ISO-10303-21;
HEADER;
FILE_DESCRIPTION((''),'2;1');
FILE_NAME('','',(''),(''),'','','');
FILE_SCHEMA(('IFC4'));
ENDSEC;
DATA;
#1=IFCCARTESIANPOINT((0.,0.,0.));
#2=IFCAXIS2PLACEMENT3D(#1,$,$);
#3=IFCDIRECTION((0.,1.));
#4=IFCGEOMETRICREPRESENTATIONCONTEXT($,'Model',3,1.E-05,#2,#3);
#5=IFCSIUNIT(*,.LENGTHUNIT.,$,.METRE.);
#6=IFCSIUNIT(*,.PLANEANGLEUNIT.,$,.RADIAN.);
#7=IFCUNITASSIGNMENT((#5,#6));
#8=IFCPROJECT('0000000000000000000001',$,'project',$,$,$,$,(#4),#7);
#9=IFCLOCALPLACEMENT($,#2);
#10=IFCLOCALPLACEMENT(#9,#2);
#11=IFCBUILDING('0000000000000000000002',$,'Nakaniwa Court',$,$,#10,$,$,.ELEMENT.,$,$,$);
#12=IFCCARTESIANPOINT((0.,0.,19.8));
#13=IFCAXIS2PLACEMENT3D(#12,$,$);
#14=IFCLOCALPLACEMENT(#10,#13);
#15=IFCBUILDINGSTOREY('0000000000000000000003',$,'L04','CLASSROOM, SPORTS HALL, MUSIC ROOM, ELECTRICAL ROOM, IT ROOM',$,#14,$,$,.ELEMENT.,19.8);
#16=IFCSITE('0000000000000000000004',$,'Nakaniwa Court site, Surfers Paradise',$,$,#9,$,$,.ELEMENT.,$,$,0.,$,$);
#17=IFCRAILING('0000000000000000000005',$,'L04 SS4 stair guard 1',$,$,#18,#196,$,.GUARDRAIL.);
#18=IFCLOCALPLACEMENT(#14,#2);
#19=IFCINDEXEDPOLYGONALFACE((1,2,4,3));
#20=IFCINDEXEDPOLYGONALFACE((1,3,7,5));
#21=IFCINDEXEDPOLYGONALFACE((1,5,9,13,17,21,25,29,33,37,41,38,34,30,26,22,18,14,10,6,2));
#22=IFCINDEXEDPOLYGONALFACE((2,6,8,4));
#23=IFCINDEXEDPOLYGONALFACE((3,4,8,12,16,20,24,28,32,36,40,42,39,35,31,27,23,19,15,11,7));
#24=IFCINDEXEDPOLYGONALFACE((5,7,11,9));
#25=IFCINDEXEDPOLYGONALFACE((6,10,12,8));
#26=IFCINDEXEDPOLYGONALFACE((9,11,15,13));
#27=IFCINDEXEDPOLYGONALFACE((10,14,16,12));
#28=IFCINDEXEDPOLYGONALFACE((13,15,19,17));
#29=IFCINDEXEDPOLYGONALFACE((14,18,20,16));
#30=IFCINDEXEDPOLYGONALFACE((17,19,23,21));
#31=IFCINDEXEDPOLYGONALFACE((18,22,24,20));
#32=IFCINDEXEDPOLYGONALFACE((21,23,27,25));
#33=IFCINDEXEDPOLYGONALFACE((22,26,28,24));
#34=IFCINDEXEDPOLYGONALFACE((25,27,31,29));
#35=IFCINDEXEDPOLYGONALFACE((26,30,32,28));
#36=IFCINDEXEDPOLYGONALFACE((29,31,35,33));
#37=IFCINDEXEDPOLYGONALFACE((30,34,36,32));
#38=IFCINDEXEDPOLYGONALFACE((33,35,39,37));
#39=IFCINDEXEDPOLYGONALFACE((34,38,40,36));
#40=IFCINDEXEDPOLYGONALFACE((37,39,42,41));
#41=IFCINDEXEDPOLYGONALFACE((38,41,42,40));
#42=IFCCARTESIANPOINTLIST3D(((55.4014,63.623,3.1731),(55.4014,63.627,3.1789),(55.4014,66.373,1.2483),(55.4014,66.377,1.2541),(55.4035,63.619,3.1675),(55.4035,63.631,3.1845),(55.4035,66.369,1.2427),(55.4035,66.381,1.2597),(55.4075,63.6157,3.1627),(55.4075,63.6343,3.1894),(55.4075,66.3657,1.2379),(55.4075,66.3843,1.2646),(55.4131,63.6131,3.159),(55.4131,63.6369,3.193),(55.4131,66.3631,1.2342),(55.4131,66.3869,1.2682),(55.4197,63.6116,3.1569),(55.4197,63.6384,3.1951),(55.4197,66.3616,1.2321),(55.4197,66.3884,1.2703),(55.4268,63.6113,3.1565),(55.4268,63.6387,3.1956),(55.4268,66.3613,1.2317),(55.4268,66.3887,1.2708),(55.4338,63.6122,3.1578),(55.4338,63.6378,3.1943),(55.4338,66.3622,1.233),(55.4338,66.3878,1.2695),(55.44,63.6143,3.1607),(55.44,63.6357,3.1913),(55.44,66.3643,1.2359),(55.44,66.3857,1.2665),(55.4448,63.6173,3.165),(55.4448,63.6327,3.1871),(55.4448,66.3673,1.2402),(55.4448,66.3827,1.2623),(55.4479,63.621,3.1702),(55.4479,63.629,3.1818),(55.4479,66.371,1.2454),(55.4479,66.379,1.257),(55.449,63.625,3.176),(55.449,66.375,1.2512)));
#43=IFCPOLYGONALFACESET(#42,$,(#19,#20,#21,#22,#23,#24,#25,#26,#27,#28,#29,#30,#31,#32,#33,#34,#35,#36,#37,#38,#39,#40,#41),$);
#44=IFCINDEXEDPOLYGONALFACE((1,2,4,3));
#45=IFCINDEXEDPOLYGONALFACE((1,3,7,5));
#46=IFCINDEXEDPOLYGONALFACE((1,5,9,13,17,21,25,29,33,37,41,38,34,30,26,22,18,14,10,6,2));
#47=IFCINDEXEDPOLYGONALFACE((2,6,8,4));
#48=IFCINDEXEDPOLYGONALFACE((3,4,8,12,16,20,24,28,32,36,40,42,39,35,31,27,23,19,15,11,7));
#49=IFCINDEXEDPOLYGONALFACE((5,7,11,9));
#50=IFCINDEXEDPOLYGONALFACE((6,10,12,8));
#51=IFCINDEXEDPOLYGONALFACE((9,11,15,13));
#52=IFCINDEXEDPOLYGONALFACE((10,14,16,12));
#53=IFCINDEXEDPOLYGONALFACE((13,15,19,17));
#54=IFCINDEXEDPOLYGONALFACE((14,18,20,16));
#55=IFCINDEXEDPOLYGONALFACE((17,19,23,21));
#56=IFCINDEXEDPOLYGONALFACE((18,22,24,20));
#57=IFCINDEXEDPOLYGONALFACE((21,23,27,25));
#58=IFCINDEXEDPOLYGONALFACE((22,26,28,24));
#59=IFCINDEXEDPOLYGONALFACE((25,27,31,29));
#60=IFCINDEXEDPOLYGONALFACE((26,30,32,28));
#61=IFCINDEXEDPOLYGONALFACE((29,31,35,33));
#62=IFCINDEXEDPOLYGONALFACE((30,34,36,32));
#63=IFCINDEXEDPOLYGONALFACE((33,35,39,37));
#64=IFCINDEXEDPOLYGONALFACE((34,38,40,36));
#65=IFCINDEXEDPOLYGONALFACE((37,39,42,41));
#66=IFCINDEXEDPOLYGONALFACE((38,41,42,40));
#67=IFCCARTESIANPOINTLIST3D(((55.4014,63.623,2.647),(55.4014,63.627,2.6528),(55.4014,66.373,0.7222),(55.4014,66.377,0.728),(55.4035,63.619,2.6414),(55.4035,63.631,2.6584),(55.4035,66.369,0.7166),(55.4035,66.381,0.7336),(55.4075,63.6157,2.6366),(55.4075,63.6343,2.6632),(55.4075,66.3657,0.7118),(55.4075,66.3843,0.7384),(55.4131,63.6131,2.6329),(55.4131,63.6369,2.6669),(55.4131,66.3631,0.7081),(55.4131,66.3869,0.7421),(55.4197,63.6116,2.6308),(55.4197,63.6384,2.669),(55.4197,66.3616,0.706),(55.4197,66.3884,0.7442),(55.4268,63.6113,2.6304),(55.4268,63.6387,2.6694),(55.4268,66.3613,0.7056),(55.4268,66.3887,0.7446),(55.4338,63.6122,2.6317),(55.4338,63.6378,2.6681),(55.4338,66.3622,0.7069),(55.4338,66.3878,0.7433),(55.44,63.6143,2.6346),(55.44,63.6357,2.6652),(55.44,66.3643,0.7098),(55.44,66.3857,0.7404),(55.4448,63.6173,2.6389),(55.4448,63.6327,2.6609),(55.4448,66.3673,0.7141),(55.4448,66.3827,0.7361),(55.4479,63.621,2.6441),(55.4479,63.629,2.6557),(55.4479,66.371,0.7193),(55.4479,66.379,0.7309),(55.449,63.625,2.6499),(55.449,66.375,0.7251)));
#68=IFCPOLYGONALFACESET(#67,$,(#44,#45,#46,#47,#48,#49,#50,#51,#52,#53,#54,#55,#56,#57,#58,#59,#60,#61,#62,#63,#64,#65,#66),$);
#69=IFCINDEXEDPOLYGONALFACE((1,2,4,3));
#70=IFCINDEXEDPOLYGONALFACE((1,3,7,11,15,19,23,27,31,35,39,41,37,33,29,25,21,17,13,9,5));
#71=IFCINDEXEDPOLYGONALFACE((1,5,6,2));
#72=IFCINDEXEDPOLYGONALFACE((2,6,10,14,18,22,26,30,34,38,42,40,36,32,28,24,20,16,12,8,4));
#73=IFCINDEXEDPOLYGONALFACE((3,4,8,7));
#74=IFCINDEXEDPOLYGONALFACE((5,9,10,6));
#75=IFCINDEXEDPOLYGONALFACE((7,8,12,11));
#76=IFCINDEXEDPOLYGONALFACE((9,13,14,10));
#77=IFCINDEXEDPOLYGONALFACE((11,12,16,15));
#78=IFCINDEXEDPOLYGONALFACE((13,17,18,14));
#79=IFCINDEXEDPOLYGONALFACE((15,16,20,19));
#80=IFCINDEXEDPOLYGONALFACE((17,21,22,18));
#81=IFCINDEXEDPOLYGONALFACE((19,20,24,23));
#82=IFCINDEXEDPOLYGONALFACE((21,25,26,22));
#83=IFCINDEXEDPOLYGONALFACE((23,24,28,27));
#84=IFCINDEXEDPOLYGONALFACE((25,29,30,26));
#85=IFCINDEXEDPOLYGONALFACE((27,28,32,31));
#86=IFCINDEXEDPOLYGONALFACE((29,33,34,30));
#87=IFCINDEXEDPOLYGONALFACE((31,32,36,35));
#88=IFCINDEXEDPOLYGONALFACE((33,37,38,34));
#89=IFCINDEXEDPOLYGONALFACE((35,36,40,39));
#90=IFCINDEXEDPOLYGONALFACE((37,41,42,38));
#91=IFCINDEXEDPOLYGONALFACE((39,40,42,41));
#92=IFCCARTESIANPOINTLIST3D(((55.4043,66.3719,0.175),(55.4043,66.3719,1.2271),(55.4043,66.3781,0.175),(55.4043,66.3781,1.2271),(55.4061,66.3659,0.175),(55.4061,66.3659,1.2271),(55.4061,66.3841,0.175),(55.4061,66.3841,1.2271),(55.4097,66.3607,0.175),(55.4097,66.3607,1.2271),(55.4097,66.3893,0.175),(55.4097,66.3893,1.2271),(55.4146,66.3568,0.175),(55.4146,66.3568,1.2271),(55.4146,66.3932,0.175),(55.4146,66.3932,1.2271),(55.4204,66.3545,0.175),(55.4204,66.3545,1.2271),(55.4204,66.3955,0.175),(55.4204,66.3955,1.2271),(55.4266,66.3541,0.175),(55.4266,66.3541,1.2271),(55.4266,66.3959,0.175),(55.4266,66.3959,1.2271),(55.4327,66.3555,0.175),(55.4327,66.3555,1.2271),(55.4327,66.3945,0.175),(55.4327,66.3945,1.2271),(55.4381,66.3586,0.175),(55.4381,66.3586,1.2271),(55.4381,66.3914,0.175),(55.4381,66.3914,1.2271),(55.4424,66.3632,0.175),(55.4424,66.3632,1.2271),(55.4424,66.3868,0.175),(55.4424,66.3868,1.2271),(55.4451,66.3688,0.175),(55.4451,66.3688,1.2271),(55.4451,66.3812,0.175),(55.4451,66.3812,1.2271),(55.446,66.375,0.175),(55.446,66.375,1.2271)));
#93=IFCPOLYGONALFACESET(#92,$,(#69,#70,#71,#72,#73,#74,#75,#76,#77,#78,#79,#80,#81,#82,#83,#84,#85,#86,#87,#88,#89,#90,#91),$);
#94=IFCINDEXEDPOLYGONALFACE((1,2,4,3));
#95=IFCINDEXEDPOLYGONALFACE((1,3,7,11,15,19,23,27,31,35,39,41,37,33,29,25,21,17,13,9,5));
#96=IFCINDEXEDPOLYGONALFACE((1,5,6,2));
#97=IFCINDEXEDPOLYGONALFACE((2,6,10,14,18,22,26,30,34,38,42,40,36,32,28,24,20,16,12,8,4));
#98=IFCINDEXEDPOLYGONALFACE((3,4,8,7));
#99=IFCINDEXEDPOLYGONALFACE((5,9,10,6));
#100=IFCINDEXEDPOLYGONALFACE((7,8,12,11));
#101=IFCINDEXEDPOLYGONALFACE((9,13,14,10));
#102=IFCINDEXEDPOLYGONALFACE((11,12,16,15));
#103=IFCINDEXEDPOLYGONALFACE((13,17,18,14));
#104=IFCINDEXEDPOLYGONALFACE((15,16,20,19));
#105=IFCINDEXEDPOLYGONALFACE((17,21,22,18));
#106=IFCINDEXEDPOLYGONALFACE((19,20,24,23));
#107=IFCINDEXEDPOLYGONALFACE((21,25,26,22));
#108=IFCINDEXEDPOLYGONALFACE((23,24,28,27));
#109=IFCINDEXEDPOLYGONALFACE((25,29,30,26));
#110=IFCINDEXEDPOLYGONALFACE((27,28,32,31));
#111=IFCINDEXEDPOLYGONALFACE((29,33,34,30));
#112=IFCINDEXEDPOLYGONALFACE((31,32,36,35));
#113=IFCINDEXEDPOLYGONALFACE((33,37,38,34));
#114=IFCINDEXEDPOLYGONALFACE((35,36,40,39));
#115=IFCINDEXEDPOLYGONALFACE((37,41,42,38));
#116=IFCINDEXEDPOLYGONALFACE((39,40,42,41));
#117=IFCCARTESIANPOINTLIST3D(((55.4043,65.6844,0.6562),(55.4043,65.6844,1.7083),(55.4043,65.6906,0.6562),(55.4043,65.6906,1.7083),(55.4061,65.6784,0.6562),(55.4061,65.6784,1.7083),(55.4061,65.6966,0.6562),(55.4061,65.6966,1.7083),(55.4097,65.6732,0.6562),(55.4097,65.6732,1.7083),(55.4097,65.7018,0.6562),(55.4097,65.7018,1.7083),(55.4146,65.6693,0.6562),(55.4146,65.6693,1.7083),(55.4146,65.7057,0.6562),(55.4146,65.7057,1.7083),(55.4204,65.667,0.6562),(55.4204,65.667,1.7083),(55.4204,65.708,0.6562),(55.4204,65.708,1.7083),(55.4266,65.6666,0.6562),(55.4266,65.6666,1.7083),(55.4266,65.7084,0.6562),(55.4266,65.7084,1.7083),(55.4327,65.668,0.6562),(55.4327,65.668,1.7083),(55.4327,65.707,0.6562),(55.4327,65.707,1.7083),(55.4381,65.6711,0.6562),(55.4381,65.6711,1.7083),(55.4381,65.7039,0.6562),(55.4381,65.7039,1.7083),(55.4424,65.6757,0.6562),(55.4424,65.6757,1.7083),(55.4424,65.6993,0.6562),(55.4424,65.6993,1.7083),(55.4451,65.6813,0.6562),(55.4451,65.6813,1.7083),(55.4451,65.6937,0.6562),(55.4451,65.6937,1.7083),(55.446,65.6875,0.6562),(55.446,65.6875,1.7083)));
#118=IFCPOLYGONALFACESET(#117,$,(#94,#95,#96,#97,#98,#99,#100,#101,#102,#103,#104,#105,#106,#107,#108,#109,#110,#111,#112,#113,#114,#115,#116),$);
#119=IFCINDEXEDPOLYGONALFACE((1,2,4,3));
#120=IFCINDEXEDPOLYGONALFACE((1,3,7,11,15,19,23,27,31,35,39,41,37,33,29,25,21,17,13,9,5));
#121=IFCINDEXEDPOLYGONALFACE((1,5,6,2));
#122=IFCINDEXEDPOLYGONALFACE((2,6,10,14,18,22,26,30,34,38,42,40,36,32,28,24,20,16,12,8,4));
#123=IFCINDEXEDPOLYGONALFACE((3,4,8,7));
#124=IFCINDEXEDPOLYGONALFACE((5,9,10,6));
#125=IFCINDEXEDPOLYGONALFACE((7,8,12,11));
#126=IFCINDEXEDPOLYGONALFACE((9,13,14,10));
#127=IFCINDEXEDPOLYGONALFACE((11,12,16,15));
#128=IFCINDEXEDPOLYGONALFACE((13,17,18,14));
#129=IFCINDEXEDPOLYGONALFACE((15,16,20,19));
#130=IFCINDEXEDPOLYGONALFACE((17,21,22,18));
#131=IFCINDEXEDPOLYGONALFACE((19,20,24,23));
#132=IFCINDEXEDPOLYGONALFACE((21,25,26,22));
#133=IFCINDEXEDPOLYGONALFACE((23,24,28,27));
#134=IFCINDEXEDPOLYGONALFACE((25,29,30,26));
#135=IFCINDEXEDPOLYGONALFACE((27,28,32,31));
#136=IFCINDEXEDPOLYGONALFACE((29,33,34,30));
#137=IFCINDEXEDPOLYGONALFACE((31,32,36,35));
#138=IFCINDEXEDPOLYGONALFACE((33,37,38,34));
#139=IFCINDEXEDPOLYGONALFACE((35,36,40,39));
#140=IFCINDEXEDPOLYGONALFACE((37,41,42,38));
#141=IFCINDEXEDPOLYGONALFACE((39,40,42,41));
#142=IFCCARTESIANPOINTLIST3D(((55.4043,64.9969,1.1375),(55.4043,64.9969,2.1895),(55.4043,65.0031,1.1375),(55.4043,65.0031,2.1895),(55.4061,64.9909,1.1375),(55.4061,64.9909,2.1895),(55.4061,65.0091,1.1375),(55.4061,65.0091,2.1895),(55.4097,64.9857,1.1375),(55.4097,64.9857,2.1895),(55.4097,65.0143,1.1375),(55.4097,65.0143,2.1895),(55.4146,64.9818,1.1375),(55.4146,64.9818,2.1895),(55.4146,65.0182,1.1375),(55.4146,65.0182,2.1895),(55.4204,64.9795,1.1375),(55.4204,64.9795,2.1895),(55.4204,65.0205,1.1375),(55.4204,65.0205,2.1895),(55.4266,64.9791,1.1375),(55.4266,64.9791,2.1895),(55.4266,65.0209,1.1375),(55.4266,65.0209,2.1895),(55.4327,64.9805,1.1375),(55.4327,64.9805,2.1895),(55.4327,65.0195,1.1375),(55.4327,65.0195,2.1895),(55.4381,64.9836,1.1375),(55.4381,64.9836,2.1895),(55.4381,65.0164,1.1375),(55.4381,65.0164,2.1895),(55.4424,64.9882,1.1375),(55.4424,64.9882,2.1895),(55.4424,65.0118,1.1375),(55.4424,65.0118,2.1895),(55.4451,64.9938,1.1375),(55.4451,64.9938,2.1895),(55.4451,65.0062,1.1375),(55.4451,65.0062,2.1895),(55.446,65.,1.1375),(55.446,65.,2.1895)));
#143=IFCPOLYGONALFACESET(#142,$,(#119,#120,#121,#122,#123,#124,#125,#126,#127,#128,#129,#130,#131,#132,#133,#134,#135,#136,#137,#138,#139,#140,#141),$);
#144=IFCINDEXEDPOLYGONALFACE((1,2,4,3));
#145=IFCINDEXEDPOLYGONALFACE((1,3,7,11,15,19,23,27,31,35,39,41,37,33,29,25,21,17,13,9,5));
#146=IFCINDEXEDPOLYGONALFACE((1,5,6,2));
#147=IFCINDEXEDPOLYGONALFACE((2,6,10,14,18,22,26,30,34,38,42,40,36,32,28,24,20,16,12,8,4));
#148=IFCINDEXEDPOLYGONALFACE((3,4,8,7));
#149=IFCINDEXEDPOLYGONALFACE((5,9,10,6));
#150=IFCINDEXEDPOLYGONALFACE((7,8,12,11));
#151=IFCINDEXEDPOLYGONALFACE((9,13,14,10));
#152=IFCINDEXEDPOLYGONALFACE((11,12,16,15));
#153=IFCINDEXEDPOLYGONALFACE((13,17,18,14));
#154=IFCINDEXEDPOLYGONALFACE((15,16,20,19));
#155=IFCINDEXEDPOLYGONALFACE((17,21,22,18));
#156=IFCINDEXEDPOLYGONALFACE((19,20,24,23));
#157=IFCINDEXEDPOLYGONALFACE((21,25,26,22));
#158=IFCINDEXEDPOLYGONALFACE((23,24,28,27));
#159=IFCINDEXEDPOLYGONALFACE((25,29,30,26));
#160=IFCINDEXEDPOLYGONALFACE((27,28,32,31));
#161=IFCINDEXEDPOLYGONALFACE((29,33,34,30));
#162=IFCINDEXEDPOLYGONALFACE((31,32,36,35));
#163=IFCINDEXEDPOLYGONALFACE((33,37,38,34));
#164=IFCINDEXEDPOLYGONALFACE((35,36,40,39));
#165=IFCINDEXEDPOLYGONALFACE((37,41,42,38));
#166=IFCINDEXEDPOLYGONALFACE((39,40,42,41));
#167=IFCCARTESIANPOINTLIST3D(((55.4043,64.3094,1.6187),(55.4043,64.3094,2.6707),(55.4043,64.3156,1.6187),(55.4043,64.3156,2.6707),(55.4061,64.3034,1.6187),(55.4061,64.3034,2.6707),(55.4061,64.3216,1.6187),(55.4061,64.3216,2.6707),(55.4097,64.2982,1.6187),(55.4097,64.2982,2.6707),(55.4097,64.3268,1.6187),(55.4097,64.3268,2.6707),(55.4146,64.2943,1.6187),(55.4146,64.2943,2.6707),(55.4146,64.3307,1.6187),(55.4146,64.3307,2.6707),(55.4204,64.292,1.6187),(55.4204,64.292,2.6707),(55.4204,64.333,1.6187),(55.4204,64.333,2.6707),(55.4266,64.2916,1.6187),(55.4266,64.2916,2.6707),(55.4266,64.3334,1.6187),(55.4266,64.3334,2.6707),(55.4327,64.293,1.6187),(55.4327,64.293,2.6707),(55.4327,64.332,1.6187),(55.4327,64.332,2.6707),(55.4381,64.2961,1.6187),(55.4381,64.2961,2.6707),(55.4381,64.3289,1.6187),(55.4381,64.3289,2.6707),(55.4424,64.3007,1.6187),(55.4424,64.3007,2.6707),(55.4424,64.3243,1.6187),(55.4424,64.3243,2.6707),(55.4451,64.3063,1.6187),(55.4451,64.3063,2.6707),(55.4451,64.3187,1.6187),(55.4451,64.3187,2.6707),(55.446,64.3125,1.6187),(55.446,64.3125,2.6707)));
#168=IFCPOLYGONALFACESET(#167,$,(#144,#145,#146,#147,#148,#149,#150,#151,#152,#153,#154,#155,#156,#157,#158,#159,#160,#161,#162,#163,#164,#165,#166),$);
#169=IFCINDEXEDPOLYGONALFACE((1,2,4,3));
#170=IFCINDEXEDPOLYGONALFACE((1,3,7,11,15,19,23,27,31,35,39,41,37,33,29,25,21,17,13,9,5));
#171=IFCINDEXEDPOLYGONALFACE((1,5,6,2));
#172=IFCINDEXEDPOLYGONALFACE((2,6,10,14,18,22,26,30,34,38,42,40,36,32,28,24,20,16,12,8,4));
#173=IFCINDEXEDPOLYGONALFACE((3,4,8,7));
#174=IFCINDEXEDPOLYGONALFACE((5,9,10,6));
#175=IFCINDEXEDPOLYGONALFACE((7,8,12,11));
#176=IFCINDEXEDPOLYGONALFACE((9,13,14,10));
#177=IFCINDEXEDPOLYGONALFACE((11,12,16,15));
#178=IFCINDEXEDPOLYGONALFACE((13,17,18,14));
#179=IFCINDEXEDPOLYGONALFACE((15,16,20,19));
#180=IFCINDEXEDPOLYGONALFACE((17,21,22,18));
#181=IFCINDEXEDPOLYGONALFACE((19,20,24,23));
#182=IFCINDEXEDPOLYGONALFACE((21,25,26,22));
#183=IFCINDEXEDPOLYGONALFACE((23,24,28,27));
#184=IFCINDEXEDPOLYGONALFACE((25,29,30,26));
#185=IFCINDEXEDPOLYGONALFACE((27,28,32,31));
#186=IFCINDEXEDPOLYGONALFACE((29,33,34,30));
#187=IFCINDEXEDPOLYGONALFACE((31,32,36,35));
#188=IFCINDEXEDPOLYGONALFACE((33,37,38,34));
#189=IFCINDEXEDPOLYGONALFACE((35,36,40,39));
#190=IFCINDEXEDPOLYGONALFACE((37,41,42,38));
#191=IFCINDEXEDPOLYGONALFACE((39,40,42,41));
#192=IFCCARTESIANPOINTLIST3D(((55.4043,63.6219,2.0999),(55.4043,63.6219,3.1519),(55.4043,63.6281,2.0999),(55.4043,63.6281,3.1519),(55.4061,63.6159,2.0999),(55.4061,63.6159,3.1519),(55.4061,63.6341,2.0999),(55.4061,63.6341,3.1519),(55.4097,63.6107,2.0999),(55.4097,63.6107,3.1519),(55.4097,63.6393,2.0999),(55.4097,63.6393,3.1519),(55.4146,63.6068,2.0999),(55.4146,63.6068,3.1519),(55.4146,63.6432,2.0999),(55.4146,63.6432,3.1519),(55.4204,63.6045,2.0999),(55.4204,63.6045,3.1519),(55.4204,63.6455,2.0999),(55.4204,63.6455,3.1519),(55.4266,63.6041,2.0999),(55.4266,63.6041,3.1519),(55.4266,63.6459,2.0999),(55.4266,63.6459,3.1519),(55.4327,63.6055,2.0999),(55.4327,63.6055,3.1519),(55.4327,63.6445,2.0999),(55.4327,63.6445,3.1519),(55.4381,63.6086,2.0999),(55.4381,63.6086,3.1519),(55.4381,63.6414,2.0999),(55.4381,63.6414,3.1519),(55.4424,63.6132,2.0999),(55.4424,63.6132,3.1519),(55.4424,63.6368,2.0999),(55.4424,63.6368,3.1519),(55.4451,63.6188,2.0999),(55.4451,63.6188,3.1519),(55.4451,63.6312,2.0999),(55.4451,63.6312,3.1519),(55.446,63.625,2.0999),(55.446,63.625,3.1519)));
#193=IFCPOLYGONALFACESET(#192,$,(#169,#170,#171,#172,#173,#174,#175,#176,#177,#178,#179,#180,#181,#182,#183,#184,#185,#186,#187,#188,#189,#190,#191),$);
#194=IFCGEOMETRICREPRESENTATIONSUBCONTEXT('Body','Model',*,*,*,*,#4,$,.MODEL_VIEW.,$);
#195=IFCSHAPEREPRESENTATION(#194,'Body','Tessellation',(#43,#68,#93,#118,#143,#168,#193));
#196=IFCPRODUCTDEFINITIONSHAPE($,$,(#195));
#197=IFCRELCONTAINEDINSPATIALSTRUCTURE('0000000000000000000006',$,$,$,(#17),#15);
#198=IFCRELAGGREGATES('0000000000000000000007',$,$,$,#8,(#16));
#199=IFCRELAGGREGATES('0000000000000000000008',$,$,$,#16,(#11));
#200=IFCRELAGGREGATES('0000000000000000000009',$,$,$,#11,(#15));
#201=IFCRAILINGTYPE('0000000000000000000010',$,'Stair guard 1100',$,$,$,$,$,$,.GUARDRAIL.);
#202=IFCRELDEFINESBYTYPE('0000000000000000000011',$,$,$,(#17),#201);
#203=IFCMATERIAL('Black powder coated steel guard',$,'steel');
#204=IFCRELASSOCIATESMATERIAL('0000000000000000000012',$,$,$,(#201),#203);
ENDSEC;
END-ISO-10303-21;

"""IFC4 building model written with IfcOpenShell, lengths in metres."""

from ifc_helpers import new_model, si_unit, direction, frame, origin, origin_2d, place, context, subcontext, project, spatial, circle, extrude, material, type_object, element, save


model = new_model("IFC4")

# Units and contexts
model_context = context("Model", 3, precision=1e-05, world=origin(), true_north=direction((0.0, 1.0)))
body_context = subcontext(model_context, "Body", "Model", "MODEL_VIEW")
ifc_project = project(units=[si_unit("LENGTHUNIT", "METRE"), si_unit("PLANEANGLEUNIT", "RADIAN")], contexts=[model_context])

# Site, building, storey
site_placement = place(None, origin())
site = spatial("IfcSite", under=ifc_project, at=site_placement, Name="Nakaniwa Court site, Surfers Paradise", CompositionType="ELEMENT", RefElevation=0.0)
building_placement = place(site_placement, origin())
building = spatial("IfcBuilding", under=site, at=building_placement, Name="Nakaniwa Court", CompositionType="ELEMENT")
storey_placement = place(building_placement, frame((0.0, 0.0, 19.8)))
storey = spatial("IfcBuildingStorey", under=building, at=storey_placement, Name="L04", Description="CLASSROOM, SPORTS HALL, MUSIC ROOM, ELECTRICAL ROOM, IT ROOM", CompositionType="ELEMENT", Elevation=19.8)

# Railing
ifc_material_1 = material(Name="Black powder coated steel guard", Category="steel")
railing_type_1 = type_object("IfcRailingType", Name="Stair guard 1100", PredefinedType="GUARDRAIL", material=ifc_material_1)
railing_1_placement = place(storey_placement, frame((55.425, 66.375, 0.175)))
element("IfcRailing", 1, at=railing_1_placement, inside=storey, type_object=railing_type_1, Name="L04 SS4 stair guard 1", PredefinedType="GUARDRAIL", context=body_context, shape_type="SweptSolid", body=[
    extrude(circle(Radius=0.0239, at=origin_2d()), frame((0.0, 0.0, 1.0762), z_axis=(0.0, -0.819259, 0.573423), x_axis=(1.0, 0.0, 0.0)), (0.0, 0.0, 1.0), 3.3567),
    extrude(circle(Radius=0.0239, at=origin_2d()), frame((0.0, 0.0, 0.55), z_axis=(0.0, -0.819259, 0.573423), x_axis=(1.0, 0.0, 0.0)), (0.0, 0.0, 1.0), 3.3567),
    extrude(circle(Radius=0.021, at=origin_2d()), origin(), (0.0, 0.0, 1.0), 1.052),
    extrude(circle(Radius=0.021, at=origin_2d()), frame((0.0, -0.6875, 0.4812)), (0.0, 0.0, 1.0), 1.052),
    extrude(circle(Radius=0.021, at=origin_2d()), frame((0.0, -1.375, 0.9624)), (0.0, 0.0, 1.0), 1.052),
    extrude(circle(Radius=0.021, at=origin_2d()), frame((0.0, -2.0625, 1.4436)), (0.0, 0.0, 1.0), 1.052),
    extrude(circle(Radius=0.021, at=origin_2d()), frame((0.0, -2.75, 1.9248)), (0.0, 0.0, 1.0), 1.052),
])

save(model, "model.ifc")
